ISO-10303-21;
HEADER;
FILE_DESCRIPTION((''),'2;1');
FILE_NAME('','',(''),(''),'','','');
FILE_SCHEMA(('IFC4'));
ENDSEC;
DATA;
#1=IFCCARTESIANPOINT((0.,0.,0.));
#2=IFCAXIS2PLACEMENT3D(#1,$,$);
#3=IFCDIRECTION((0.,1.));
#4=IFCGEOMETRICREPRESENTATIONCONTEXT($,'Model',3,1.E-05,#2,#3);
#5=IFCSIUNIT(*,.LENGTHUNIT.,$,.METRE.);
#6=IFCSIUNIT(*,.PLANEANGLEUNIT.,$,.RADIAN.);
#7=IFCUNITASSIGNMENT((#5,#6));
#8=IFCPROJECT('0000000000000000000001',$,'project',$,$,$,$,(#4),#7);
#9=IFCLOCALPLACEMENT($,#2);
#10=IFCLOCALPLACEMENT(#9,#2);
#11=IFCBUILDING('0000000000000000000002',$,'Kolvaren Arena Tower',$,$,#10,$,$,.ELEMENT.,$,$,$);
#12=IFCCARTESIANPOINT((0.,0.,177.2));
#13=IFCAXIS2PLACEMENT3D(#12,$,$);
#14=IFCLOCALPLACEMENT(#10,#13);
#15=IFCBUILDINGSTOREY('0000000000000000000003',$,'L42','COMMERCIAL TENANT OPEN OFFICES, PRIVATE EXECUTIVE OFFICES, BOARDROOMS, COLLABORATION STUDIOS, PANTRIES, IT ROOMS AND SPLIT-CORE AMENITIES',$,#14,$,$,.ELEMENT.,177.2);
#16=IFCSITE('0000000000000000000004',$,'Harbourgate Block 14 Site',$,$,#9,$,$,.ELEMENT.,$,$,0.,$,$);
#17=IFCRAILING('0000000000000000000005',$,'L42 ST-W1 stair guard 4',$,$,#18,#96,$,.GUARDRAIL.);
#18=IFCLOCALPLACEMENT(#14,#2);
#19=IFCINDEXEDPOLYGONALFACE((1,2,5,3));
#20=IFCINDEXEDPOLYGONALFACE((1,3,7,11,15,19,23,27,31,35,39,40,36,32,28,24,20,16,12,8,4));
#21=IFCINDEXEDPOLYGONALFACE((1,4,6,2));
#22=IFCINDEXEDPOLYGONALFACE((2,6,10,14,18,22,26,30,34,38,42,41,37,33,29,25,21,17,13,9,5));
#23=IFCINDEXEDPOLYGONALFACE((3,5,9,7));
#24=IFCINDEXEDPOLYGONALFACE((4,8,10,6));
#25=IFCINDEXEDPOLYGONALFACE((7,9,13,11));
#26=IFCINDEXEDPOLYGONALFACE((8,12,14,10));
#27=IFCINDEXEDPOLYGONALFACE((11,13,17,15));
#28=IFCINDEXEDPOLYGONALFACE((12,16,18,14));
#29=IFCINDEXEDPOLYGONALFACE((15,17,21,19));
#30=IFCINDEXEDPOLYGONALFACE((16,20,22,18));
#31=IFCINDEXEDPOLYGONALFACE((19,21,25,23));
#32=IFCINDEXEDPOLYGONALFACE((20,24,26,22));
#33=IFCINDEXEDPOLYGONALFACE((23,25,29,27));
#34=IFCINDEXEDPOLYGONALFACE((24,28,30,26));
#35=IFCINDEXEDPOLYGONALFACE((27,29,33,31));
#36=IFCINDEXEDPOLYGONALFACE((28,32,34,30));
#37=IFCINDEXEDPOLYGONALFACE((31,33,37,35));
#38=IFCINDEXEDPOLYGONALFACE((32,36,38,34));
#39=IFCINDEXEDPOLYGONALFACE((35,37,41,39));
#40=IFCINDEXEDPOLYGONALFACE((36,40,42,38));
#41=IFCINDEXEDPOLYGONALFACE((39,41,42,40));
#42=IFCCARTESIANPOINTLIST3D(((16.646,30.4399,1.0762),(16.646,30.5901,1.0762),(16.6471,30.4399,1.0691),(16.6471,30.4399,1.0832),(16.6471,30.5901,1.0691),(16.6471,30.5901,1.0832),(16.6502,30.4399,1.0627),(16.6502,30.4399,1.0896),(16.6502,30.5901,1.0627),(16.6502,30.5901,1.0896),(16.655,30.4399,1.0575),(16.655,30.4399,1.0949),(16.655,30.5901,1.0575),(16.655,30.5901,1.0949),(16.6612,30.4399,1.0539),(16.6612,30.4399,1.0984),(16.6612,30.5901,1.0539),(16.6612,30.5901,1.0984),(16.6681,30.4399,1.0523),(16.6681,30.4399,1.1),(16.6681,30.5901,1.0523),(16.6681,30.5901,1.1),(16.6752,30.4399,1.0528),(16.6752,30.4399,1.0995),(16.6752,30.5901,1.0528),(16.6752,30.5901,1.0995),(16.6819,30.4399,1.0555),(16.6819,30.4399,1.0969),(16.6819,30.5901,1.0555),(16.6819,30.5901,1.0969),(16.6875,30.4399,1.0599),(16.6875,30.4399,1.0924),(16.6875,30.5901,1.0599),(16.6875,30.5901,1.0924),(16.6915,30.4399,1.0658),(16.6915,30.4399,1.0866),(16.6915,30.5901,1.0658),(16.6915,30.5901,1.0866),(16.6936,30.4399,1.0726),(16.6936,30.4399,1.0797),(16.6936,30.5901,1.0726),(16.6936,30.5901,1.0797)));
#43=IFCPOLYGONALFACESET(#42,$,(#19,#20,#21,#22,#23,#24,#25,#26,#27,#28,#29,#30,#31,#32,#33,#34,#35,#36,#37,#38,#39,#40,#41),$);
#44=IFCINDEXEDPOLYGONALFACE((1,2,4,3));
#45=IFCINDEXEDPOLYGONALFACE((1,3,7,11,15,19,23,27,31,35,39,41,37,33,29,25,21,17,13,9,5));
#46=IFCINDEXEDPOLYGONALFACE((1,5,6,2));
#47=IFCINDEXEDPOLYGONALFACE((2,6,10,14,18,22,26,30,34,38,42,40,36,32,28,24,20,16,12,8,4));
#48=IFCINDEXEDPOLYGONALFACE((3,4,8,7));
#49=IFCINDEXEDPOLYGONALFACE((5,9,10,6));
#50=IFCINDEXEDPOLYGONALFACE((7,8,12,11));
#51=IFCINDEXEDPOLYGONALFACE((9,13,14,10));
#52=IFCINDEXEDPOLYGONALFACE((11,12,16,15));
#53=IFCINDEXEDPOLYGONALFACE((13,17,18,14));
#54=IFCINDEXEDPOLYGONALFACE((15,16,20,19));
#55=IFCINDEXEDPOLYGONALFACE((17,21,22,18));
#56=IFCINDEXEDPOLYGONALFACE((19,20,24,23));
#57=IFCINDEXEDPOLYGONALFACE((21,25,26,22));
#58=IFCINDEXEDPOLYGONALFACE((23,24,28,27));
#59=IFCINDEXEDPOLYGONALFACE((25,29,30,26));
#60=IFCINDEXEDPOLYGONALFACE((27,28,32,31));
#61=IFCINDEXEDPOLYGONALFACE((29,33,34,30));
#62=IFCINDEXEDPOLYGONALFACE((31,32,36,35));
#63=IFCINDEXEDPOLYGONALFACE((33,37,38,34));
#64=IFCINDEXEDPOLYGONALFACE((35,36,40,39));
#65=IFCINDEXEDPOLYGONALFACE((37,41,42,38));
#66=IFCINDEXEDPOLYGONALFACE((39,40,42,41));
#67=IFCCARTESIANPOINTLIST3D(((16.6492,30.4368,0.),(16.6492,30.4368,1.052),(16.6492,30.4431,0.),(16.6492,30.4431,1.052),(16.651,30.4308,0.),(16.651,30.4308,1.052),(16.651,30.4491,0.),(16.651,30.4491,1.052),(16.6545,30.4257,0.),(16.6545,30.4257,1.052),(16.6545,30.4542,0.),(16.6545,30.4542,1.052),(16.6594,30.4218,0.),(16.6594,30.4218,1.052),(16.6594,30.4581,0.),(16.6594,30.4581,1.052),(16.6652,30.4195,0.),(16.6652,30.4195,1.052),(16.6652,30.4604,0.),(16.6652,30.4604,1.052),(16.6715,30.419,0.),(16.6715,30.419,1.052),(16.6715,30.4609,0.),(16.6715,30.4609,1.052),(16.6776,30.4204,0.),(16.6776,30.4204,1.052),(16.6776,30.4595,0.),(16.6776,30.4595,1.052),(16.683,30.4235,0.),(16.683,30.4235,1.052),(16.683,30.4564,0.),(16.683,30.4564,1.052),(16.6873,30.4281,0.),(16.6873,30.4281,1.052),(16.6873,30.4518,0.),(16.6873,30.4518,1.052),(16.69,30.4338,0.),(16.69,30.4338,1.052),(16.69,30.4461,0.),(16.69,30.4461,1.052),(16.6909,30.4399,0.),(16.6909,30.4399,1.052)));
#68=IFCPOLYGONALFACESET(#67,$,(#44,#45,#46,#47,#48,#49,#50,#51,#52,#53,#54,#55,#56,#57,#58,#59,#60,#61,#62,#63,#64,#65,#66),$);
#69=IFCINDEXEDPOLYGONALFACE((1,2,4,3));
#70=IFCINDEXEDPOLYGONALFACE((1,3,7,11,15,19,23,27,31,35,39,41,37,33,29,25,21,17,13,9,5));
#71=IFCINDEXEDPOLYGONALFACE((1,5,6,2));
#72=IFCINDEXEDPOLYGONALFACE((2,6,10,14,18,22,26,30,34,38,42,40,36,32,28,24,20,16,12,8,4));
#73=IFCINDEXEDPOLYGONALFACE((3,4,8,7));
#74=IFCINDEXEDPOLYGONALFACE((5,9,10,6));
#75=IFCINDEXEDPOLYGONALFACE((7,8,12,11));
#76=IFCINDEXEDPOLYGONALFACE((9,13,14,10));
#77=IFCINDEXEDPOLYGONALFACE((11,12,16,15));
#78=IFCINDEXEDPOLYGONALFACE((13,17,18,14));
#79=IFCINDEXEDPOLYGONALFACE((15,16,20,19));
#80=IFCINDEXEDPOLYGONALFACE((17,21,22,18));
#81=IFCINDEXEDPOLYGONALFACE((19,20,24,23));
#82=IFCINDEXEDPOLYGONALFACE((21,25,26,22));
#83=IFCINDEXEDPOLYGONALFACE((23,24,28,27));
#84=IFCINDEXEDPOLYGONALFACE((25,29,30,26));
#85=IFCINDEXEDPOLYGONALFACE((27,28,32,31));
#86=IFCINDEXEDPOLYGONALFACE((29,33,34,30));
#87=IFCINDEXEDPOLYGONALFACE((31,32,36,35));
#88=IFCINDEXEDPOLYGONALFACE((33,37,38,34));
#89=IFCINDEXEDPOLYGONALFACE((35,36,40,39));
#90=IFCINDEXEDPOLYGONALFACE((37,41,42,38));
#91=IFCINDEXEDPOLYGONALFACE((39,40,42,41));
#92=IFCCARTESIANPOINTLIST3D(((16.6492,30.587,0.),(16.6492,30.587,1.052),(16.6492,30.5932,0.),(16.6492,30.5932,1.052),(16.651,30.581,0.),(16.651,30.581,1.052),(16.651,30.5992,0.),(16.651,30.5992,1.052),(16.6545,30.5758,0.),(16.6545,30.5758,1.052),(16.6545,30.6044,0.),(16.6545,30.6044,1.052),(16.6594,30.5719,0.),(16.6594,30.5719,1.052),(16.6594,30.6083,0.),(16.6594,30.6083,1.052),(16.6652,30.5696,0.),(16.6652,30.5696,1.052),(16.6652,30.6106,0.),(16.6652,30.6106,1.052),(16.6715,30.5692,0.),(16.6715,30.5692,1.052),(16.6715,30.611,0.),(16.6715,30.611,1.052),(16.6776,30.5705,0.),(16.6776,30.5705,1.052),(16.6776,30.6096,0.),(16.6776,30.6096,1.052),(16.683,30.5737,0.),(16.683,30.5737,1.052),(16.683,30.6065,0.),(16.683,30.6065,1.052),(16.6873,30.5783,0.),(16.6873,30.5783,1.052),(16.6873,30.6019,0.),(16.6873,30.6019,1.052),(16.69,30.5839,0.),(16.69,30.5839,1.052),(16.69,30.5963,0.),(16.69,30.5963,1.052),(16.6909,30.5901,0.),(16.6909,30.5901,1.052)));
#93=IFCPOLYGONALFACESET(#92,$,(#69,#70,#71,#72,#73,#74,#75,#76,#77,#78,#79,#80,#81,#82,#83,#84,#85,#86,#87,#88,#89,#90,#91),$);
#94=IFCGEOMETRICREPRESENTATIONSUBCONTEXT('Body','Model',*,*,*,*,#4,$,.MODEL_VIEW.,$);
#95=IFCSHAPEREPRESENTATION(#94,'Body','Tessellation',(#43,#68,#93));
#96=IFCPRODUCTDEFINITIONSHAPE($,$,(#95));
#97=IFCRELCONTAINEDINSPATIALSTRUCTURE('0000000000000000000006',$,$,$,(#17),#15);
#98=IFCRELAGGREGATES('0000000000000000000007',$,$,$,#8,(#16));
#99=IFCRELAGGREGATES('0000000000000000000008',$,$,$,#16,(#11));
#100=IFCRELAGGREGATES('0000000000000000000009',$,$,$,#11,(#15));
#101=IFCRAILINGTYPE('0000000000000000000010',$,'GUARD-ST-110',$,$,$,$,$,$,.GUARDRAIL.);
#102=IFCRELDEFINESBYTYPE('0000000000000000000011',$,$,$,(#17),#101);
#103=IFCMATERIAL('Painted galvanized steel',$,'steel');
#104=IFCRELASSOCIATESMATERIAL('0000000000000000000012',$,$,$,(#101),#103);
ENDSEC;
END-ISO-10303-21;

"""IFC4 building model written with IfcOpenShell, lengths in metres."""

from ifc_helpers import new_model, si_unit, direction, frame, origin, origin_2d, place, context, subcontext, project, spatial, circle, extrude, material, type_object, element, save


model = new_model("IFC4")

# Units and contexts
model_context = context("Model", 3, precision=1e-05, world=origin(), true_north=direction((0.0, 1.0)))
body_context = subcontext(model_context, "Body", "Model", "MODEL_VIEW")
ifc_project = project(units=[si_unit("LENGTHUNIT", "METRE"), si_unit("PLANEANGLEUNIT", "RADIAN")], contexts=[model_context])

# Site, building, storey
site_placement = place(None, origin())
site = spatial("IfcSite", under=ifc_project, at=site_placement, Name="Harbourgate Block 14 Site", CompositionType="ELEMENT", RefElevation=0.0)
building_placement = place(site_placement, origin())
building = spatial("IfcBuilding", under=site, at=building_placement, Name="Kolvaren Arena Tower", CompositionType="ELEMENT")
storey_placement = place(building_placement, frame((0.0, 0.0, 177.2)))
storey = spatial("IfcBuildingStorey", under=building, at=storey_placement, Name="L42", Description="COMMERCIAL TENANT OPEN OFFICES, PRIVATE EXECUTIVE OFFICES, BOARDROOMS, COLLABORATION STUDIOS, PANTRIES, IT ROOMS AND SPLIT-CORE AMENITIES", CompositionType="ELEMENT", Elevation=177.2)

# Railing
ifc_material_1 = material(Name="Painted galvanized steel", Category="steel")
railing_type_1 = type_object("IfcRailingType", Name="GUARD-ST-110", PredefinedType="GUARDRAIL", material=ifc_material_1)
railing_1_placement = place(storey_placement, frame((16.6699, 30.4399, 0.0)))
element("IfcRailing", 1, at=railing_1_placement, inside=storey, type_object=railing_type_1, Name="L42 ST-W1 stair guard 4", PredefinedType="GUARDRAIL", context=body_context, shape_type="SweptSolid", body=[
    extrude(circle(Radius=0.0239, at=origin_2d()), frame((0.0, 0.0, 1.0762), z_axis=(0.0, 1.0, 0.0), x_axis=(-1.0, 0.0, 0.0)), (0.0, 0.0, 1.0), 0.1501),
    extrude(circle(Radius=0.021, at=origin_2d()), origin(), (0.0, 0.0, 1.0), 1.052),
    extrude(circle(Radius=0.021, at=origin_2d()), frame((0.0, 0.1501, 0.0)), (0.0, 0.0, 1.0), 1.052),
])

save(model, "model.ifc")
